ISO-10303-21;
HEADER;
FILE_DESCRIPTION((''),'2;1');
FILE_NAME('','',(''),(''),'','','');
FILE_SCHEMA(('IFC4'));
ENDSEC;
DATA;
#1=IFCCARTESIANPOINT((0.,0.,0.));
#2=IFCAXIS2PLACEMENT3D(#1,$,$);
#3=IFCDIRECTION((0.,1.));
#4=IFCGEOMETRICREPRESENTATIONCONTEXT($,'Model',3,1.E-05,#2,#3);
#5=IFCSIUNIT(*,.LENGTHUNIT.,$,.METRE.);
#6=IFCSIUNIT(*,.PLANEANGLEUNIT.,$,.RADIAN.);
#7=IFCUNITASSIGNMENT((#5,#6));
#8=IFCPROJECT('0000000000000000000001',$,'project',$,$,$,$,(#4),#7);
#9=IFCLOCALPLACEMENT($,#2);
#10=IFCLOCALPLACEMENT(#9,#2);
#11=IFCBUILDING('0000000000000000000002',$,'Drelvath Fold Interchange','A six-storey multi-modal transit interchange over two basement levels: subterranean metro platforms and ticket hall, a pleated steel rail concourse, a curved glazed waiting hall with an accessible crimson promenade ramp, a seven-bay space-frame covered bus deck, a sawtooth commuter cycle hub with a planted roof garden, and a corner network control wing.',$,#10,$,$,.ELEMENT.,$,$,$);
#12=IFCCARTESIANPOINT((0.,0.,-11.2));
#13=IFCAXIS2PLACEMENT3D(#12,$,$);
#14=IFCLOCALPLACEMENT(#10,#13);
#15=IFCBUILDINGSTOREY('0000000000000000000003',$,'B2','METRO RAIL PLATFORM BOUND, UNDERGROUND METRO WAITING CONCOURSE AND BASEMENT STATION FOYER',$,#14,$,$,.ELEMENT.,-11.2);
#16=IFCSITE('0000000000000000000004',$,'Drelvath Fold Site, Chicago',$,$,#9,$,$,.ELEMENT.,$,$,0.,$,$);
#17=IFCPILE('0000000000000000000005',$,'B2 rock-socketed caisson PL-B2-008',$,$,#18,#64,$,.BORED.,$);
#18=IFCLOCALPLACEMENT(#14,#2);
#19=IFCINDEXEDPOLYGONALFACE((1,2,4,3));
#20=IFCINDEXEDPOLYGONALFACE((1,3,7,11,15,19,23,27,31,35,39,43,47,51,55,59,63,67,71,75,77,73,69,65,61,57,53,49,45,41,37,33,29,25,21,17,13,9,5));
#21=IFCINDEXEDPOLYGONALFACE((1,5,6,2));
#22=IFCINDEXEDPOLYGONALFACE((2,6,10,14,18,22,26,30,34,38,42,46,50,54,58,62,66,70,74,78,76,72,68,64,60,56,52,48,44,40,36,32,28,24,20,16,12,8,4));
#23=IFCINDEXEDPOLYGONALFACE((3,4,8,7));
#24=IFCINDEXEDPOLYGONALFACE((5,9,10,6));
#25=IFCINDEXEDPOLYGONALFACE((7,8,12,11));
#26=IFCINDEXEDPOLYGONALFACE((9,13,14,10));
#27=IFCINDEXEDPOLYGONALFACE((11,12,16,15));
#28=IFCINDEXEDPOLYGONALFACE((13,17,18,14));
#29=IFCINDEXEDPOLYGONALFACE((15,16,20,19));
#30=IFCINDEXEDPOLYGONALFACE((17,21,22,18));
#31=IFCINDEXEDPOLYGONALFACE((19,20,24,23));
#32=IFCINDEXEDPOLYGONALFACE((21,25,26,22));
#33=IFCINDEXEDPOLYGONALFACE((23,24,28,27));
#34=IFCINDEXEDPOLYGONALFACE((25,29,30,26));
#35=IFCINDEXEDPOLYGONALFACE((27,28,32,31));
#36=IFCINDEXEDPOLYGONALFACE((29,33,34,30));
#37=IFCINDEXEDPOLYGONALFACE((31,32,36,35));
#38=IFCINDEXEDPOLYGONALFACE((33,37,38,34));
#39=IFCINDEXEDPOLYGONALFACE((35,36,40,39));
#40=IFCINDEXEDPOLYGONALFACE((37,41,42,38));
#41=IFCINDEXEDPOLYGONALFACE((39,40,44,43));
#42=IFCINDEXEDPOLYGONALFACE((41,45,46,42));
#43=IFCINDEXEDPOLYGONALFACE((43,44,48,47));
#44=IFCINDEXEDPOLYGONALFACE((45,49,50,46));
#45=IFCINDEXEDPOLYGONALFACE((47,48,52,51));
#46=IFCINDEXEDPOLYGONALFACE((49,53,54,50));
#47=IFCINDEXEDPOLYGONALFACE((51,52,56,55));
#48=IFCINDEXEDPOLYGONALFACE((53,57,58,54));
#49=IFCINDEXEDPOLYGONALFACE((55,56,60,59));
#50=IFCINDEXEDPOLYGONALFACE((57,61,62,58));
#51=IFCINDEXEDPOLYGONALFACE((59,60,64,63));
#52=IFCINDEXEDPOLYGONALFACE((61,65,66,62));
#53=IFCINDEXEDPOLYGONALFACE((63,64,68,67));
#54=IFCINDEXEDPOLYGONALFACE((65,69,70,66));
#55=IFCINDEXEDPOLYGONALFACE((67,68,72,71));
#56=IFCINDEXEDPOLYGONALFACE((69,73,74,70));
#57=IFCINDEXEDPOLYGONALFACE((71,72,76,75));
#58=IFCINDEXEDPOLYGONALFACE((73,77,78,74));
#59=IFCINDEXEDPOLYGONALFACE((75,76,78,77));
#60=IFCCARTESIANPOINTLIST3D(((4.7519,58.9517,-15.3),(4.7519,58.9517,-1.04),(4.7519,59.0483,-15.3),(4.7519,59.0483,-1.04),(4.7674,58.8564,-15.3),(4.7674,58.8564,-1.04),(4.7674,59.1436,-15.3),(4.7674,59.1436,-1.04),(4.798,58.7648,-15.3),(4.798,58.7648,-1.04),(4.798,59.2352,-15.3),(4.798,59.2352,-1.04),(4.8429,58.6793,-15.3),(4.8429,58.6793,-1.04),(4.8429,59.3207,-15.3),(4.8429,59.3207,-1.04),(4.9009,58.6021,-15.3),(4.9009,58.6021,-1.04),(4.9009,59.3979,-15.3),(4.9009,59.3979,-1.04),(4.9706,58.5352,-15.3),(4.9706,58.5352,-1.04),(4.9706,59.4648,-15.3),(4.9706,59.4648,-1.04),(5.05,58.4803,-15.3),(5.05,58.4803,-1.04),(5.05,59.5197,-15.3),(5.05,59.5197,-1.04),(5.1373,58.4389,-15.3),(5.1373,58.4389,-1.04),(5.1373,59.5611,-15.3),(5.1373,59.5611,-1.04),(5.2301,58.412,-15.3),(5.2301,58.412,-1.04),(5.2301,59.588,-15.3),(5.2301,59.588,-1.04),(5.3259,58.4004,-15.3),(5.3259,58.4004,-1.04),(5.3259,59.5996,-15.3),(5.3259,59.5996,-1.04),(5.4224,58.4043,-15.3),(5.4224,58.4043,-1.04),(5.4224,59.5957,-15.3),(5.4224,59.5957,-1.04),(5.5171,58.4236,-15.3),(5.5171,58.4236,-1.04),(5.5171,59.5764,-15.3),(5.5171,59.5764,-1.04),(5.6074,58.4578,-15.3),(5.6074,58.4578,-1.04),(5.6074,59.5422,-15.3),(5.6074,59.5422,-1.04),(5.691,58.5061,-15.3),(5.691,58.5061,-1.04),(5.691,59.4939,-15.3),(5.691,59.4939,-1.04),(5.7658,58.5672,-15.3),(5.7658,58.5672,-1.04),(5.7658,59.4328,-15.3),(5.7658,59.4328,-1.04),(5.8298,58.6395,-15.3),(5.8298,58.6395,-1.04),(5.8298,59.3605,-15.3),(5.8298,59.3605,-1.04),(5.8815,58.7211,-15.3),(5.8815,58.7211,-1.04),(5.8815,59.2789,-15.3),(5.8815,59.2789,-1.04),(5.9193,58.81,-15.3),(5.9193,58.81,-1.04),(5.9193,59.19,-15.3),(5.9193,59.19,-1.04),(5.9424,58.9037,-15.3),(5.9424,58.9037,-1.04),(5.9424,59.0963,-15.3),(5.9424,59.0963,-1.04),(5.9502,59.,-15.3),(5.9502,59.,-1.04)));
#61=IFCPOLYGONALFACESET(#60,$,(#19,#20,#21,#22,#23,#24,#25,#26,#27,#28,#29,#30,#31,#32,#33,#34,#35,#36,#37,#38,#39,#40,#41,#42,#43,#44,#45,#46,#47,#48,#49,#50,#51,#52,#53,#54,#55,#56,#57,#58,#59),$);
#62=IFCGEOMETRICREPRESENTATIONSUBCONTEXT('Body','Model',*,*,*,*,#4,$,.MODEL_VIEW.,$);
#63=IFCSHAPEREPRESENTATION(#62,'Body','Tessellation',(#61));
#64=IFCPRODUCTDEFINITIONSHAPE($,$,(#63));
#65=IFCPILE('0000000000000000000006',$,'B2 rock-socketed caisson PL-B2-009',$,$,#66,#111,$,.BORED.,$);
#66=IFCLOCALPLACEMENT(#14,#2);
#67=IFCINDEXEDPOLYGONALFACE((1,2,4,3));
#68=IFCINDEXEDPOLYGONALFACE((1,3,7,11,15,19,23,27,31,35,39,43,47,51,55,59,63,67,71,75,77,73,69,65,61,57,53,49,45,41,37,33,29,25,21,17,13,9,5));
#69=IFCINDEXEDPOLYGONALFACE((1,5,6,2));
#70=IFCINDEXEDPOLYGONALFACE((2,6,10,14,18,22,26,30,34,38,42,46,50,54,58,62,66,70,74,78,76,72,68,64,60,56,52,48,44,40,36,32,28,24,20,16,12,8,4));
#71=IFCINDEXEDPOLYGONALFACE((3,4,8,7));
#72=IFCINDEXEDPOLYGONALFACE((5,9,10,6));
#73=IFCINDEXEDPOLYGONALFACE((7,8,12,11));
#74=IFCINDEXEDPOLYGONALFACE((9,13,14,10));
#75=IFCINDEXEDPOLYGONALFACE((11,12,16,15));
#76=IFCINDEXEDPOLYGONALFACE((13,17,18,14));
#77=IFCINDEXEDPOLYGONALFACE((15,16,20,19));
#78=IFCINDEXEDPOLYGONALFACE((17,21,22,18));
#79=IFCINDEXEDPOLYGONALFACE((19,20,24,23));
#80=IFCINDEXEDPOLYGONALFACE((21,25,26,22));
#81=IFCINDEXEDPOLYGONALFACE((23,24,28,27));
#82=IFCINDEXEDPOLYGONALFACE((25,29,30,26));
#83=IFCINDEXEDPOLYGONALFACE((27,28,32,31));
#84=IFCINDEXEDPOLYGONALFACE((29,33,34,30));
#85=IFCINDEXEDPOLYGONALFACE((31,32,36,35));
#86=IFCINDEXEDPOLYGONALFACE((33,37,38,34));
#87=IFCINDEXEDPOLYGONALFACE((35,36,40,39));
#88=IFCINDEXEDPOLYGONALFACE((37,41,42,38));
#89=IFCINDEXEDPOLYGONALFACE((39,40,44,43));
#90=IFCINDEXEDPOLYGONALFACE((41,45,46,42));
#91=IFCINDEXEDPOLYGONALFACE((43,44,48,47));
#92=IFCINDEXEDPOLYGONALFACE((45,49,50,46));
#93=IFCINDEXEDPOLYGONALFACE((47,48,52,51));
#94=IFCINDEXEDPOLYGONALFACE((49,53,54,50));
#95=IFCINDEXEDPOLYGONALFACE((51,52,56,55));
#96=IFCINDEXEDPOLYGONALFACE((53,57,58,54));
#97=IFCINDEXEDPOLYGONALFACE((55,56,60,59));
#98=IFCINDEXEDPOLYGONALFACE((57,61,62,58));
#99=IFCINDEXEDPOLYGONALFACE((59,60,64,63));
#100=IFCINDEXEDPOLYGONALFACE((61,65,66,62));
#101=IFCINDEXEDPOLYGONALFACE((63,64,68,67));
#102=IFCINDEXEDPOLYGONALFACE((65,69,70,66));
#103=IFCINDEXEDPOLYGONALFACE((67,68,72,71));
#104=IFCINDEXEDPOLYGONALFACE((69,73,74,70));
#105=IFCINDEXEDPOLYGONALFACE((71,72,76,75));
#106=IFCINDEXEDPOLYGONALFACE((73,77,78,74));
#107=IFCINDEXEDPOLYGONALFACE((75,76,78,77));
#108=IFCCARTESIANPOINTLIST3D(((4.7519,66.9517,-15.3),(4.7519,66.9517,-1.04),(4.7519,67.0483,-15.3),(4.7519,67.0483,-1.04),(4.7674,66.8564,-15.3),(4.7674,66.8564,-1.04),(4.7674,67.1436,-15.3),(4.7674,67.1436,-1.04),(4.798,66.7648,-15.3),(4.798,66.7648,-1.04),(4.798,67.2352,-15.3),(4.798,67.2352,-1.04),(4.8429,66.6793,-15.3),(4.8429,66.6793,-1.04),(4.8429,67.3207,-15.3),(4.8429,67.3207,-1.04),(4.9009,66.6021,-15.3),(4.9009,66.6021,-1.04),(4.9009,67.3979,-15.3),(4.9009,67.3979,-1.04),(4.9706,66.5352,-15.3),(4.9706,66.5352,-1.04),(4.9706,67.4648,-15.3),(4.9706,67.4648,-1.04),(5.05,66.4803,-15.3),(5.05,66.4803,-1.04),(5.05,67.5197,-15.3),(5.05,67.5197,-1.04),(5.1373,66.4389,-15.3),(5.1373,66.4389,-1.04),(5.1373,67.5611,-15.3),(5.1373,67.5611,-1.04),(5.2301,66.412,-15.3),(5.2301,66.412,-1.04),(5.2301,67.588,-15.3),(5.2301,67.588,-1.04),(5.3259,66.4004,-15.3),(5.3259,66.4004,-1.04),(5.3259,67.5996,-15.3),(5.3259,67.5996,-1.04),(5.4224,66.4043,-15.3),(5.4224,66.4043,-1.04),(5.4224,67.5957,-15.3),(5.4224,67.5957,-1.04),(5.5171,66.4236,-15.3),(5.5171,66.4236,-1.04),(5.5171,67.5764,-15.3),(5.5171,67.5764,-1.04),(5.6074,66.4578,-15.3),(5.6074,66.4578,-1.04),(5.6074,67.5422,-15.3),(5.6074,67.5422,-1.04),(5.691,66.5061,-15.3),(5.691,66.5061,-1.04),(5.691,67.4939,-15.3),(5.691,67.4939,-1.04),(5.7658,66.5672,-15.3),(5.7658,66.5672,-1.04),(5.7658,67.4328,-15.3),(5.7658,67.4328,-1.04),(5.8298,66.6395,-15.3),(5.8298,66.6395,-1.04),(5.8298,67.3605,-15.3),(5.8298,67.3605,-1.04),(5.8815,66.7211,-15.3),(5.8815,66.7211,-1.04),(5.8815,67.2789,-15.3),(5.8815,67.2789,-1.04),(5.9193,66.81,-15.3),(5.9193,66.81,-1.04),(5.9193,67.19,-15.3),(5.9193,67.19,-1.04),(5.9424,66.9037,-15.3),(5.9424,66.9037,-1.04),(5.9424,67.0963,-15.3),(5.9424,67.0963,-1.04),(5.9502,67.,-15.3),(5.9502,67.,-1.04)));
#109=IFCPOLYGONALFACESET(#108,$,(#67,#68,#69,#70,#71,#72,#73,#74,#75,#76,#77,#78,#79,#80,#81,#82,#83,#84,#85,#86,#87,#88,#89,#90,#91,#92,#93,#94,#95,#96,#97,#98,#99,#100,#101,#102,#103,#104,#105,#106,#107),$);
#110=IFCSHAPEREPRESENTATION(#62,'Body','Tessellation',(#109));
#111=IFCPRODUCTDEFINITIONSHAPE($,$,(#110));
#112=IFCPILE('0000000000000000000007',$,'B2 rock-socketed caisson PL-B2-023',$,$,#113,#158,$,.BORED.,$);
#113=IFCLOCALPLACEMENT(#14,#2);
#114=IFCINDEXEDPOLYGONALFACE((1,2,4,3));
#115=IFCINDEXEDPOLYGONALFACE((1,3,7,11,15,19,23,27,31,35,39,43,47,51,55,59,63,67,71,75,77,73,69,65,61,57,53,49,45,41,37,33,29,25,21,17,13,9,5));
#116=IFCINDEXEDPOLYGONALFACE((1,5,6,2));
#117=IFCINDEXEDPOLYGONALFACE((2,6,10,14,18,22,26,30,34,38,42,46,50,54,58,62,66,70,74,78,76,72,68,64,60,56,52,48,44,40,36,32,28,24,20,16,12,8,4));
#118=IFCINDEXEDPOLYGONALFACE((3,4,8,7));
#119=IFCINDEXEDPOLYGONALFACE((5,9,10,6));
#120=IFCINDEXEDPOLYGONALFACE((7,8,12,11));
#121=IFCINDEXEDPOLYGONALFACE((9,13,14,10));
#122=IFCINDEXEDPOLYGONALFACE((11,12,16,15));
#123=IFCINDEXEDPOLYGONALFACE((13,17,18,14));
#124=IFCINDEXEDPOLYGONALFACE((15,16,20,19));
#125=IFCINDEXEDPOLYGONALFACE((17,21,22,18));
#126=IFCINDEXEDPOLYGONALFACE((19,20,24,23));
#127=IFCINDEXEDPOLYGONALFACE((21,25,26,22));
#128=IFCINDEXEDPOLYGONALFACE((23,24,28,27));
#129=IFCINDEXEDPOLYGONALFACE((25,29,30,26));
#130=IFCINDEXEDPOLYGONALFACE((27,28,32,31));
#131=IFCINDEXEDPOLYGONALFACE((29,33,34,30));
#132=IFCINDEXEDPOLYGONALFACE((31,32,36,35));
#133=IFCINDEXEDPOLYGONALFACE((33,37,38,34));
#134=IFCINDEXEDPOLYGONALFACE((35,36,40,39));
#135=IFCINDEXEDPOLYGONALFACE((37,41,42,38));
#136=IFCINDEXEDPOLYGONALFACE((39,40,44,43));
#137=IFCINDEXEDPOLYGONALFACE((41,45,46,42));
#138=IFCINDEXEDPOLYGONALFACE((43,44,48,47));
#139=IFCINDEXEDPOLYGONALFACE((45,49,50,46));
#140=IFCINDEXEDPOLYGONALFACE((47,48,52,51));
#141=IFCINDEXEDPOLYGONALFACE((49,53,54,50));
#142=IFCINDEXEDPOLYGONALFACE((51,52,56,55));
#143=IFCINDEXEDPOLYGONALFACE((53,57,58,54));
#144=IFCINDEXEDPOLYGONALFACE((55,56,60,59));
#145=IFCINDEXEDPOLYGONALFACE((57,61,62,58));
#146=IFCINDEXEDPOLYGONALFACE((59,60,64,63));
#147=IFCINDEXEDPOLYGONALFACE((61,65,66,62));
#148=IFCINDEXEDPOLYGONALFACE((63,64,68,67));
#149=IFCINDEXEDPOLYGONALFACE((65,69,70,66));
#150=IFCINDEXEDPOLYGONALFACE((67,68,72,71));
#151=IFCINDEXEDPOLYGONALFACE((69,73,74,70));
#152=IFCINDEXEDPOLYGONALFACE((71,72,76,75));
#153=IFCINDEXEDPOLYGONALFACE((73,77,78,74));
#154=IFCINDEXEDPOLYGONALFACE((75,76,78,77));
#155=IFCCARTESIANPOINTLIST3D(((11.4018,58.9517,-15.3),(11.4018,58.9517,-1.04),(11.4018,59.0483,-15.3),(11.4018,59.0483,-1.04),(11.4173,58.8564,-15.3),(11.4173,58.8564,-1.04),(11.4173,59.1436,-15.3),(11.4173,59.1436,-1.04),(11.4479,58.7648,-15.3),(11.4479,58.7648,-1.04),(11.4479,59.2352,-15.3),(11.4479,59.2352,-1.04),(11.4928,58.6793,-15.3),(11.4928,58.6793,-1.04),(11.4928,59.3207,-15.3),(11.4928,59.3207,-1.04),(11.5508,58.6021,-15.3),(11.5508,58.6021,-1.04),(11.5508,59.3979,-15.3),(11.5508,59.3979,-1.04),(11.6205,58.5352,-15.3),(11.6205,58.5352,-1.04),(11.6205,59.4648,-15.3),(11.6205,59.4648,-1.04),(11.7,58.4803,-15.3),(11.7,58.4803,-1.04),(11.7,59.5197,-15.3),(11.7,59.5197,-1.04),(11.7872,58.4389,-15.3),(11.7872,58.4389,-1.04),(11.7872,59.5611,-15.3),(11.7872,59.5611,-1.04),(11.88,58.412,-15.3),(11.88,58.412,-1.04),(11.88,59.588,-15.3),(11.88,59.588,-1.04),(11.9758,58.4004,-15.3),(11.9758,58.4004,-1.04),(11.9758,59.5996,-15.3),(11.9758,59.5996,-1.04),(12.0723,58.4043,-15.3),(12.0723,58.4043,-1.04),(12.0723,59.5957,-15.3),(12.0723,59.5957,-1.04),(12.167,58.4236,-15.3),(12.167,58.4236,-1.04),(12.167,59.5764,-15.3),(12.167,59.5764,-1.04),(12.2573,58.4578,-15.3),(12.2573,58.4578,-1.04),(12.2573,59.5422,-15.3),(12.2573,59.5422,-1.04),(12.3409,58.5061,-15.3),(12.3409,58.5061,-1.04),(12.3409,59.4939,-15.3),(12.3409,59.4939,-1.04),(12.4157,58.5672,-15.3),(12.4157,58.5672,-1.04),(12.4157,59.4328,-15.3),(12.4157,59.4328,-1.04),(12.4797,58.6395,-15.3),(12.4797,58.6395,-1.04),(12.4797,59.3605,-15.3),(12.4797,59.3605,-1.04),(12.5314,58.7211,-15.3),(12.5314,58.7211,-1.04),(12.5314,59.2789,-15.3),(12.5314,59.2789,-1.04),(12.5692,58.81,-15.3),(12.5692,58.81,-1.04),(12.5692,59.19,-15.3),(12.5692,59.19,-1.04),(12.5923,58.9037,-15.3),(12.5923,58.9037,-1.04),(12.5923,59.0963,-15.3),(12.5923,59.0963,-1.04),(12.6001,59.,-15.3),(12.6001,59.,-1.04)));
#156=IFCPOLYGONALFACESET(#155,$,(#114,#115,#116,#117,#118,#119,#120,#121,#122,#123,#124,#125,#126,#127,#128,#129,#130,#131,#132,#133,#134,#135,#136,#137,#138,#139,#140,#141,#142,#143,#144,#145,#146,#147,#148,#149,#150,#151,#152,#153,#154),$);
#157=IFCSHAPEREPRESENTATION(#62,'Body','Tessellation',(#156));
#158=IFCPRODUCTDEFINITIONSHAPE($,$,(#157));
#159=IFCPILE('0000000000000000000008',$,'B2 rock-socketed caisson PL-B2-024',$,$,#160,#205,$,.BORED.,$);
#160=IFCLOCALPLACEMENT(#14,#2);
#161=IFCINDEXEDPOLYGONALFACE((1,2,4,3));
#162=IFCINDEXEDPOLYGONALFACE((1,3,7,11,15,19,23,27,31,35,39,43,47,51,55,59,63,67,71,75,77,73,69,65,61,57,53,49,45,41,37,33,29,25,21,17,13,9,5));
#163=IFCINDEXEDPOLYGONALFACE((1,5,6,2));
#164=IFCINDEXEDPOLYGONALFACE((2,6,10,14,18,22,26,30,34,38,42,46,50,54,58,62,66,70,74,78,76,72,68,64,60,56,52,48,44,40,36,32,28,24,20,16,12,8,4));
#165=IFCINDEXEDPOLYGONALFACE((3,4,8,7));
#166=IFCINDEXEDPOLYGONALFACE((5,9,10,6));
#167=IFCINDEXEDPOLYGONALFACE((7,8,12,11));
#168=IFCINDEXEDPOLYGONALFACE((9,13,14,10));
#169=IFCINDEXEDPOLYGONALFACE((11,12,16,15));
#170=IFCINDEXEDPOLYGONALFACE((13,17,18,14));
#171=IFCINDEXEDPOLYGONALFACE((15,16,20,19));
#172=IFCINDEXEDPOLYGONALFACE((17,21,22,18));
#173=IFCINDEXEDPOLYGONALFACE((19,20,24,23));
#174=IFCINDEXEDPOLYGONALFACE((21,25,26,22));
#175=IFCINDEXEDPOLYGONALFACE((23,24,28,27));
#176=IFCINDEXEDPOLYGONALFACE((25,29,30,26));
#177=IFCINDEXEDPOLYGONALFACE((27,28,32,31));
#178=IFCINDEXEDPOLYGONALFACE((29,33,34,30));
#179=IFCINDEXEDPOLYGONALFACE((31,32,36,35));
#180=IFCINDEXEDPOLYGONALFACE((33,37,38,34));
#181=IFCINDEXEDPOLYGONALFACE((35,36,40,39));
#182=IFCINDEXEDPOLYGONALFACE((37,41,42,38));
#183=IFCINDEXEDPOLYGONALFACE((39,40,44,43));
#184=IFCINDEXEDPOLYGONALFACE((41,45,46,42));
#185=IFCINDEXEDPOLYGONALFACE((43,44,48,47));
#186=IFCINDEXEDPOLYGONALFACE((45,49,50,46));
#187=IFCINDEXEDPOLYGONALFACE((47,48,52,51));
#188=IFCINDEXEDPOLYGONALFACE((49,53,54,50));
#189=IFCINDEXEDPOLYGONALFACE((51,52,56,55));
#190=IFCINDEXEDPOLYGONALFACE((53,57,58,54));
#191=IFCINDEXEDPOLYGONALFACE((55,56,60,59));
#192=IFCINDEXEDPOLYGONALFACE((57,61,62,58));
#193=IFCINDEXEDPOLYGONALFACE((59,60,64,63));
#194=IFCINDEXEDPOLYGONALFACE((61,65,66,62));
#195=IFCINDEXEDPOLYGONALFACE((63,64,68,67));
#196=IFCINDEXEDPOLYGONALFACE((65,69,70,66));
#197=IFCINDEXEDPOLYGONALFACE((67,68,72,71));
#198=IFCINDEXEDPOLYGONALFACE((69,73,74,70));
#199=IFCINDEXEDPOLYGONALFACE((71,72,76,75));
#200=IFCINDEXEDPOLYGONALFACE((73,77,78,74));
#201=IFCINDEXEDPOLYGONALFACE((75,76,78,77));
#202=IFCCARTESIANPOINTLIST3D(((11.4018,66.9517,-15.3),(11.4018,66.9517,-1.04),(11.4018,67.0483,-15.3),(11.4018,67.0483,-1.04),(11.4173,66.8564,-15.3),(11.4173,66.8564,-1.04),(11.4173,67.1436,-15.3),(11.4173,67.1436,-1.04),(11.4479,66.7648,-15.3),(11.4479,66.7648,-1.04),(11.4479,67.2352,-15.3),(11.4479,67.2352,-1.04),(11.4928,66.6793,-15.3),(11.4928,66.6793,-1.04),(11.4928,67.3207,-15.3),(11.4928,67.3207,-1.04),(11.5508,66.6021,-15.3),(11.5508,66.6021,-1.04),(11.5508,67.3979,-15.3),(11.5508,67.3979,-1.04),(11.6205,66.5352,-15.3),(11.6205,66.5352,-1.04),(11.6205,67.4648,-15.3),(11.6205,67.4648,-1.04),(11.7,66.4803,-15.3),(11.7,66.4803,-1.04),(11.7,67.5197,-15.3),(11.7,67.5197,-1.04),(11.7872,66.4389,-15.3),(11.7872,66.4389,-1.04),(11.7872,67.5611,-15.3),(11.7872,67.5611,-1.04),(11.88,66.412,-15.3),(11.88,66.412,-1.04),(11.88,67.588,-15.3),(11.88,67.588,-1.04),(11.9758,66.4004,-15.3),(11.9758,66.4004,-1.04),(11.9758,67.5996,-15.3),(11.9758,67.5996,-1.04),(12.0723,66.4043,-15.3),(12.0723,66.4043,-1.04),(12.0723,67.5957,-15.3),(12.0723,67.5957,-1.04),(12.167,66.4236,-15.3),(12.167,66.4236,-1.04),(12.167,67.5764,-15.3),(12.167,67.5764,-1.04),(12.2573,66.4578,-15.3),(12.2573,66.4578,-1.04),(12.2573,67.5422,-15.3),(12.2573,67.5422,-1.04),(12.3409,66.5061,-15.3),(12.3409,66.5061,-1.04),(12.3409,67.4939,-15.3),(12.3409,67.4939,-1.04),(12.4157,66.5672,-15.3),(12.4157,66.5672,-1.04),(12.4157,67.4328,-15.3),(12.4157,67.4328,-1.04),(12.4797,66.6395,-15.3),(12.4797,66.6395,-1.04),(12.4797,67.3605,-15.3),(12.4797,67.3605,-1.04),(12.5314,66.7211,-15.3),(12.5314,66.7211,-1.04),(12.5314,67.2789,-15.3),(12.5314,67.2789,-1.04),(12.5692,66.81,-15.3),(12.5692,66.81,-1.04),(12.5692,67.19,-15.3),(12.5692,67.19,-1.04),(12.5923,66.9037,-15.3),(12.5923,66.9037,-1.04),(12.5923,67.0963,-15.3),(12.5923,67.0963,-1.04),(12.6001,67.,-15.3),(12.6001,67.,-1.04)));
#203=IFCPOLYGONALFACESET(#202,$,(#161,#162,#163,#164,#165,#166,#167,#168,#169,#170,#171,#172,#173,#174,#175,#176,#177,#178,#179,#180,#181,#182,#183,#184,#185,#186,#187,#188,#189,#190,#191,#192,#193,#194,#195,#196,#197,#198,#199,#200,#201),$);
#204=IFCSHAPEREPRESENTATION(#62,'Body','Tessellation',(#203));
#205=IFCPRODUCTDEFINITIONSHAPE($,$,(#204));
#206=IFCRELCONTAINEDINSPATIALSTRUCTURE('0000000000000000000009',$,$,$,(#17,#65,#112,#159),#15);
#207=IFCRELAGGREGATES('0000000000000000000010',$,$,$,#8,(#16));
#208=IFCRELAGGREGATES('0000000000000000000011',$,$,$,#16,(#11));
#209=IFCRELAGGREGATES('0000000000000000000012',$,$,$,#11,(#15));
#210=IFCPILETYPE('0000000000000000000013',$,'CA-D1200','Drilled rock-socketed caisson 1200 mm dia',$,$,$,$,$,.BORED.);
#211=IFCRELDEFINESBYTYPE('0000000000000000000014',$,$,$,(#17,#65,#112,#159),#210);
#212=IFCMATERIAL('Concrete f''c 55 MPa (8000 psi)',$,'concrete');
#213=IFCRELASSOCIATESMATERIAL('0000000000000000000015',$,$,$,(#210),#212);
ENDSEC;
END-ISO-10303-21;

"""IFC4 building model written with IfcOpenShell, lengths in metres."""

from ifc_helpers import new_model, si_unit, direction, frame, origin, origin_2d, place, context, subcontext, project, spatial, circle, extrude, material, material_profile, profile_set, type_object, element, save


model = new_model("IFC4")

# Units and contexts
model_context = context("Model", 3, precision=1e-05, world=origin(), true_north=direction((0.0, 1.0)))
body_context = subcontext(model_context, "Body", "Model", "MODEL_VIEW")
ifc_project = project(units=[si_unit("LENGTHUNIT", "METRE"), si_unit("PLANEANGLEUNIT", "RADIAN")], contexts=[model_context])

# Site, building, storey
site_placement = place(None, origin())
site = spatial("IfcSite", under=ifc_project, at=site_placement, Name="Drelvath Fold Site, Chicago", CompositionType="ELEMENT", RefElevation=0.0)
building_placement = place(site_placement, origin())
building = spatial("IfcBuilding", under=site, at=building_placement, Name="Drelvath Fold Interchange", Description="A six-storey multi-modal transit interchange over two basement levels: subterranean metro platforms and ticket hall, a pleated steel rail concourse, a curved glazed waiting hall with an accessible crimson promenade ramp, a seven-bay space-frame covered bus deck, a sawtooth commuter cycle hub with a planted roof garden, and a corner network control wing.", CompositionType="ELEMENT")
storey_placement = place(building_placement, frame((0.0, 0.0, -11.2)))
storey = spatial("IfcBuildingStorey", under=building, at=storey_placement, Name="B2", Description="METRO RAIL PLATFORM BOUND, UNDERGROUND METRO WAITING CONCOURSE AND BASEMENT STATION FOYER", CompositionType="ELEMENT", Elevation=-11.2)

# Piles
ifc_material_1 = material(Name="Concrete f'c 55 MPa (8000 psi)", Category="concrete")
ifc_material_profile_1 = material_profile(ifc_material_1, circle(Radius=0.6001, at=origin_2d()), Name="CAISSON D1200")
ifc_profile_set_1 = profile_set([ifc_material_profile_1], Name="Concrete f'c 55 MPa (8000 psi)")
pile_type = type_object("IfcPileType", Name="CA-D1200", Description="Drilled rock-socketed caisson 1200 mm dia", PredefinedType="BORED", material=ifc_profile_set_1)
for number, where, z_axis, x_axis, name in (
    (1, (5.3501, 59.0, -1.04), (0.0, 0.0, -1.0), (1.0, 0.0, 0.0), "B2 rock-socketed caisson PL-B2-008"),
    (2, (5.3501, 67.0, -1.04), (0.0, 0.0, -1.0), (1.0, 0.0, 0.0), "B2 rock-socketed caisson PL-B2-009"),
    (3, (12.0, 59.0, -1.04), (0.0, 0.0, -1.0), (1.0, 0.0, 0.0), "B2 rock-socketed caisson PL-B2-023"),
    (4, (12.0, 67.0, -1.04), (0.0, 0.0, -1.0), (1.0, 0.0, 0.0), "B2 rock-socketed caisson PL-B2-024"),
):
    element("IfcPile", number, at=place(storey_placement, frame(where, z_axis=z_axis, x_axis=x_axis)), inside=storey, type_object=pile_type, Name=name, PredefinedType="BORED", context=body_context, shape_type="SweptSolid", body=[
        extrude(circle(Radius=0.6001, at=origin_2d()), origin(), (0.0, 0.0, 1.0), 14.26),
    ])

save(model, "model.ifc")
